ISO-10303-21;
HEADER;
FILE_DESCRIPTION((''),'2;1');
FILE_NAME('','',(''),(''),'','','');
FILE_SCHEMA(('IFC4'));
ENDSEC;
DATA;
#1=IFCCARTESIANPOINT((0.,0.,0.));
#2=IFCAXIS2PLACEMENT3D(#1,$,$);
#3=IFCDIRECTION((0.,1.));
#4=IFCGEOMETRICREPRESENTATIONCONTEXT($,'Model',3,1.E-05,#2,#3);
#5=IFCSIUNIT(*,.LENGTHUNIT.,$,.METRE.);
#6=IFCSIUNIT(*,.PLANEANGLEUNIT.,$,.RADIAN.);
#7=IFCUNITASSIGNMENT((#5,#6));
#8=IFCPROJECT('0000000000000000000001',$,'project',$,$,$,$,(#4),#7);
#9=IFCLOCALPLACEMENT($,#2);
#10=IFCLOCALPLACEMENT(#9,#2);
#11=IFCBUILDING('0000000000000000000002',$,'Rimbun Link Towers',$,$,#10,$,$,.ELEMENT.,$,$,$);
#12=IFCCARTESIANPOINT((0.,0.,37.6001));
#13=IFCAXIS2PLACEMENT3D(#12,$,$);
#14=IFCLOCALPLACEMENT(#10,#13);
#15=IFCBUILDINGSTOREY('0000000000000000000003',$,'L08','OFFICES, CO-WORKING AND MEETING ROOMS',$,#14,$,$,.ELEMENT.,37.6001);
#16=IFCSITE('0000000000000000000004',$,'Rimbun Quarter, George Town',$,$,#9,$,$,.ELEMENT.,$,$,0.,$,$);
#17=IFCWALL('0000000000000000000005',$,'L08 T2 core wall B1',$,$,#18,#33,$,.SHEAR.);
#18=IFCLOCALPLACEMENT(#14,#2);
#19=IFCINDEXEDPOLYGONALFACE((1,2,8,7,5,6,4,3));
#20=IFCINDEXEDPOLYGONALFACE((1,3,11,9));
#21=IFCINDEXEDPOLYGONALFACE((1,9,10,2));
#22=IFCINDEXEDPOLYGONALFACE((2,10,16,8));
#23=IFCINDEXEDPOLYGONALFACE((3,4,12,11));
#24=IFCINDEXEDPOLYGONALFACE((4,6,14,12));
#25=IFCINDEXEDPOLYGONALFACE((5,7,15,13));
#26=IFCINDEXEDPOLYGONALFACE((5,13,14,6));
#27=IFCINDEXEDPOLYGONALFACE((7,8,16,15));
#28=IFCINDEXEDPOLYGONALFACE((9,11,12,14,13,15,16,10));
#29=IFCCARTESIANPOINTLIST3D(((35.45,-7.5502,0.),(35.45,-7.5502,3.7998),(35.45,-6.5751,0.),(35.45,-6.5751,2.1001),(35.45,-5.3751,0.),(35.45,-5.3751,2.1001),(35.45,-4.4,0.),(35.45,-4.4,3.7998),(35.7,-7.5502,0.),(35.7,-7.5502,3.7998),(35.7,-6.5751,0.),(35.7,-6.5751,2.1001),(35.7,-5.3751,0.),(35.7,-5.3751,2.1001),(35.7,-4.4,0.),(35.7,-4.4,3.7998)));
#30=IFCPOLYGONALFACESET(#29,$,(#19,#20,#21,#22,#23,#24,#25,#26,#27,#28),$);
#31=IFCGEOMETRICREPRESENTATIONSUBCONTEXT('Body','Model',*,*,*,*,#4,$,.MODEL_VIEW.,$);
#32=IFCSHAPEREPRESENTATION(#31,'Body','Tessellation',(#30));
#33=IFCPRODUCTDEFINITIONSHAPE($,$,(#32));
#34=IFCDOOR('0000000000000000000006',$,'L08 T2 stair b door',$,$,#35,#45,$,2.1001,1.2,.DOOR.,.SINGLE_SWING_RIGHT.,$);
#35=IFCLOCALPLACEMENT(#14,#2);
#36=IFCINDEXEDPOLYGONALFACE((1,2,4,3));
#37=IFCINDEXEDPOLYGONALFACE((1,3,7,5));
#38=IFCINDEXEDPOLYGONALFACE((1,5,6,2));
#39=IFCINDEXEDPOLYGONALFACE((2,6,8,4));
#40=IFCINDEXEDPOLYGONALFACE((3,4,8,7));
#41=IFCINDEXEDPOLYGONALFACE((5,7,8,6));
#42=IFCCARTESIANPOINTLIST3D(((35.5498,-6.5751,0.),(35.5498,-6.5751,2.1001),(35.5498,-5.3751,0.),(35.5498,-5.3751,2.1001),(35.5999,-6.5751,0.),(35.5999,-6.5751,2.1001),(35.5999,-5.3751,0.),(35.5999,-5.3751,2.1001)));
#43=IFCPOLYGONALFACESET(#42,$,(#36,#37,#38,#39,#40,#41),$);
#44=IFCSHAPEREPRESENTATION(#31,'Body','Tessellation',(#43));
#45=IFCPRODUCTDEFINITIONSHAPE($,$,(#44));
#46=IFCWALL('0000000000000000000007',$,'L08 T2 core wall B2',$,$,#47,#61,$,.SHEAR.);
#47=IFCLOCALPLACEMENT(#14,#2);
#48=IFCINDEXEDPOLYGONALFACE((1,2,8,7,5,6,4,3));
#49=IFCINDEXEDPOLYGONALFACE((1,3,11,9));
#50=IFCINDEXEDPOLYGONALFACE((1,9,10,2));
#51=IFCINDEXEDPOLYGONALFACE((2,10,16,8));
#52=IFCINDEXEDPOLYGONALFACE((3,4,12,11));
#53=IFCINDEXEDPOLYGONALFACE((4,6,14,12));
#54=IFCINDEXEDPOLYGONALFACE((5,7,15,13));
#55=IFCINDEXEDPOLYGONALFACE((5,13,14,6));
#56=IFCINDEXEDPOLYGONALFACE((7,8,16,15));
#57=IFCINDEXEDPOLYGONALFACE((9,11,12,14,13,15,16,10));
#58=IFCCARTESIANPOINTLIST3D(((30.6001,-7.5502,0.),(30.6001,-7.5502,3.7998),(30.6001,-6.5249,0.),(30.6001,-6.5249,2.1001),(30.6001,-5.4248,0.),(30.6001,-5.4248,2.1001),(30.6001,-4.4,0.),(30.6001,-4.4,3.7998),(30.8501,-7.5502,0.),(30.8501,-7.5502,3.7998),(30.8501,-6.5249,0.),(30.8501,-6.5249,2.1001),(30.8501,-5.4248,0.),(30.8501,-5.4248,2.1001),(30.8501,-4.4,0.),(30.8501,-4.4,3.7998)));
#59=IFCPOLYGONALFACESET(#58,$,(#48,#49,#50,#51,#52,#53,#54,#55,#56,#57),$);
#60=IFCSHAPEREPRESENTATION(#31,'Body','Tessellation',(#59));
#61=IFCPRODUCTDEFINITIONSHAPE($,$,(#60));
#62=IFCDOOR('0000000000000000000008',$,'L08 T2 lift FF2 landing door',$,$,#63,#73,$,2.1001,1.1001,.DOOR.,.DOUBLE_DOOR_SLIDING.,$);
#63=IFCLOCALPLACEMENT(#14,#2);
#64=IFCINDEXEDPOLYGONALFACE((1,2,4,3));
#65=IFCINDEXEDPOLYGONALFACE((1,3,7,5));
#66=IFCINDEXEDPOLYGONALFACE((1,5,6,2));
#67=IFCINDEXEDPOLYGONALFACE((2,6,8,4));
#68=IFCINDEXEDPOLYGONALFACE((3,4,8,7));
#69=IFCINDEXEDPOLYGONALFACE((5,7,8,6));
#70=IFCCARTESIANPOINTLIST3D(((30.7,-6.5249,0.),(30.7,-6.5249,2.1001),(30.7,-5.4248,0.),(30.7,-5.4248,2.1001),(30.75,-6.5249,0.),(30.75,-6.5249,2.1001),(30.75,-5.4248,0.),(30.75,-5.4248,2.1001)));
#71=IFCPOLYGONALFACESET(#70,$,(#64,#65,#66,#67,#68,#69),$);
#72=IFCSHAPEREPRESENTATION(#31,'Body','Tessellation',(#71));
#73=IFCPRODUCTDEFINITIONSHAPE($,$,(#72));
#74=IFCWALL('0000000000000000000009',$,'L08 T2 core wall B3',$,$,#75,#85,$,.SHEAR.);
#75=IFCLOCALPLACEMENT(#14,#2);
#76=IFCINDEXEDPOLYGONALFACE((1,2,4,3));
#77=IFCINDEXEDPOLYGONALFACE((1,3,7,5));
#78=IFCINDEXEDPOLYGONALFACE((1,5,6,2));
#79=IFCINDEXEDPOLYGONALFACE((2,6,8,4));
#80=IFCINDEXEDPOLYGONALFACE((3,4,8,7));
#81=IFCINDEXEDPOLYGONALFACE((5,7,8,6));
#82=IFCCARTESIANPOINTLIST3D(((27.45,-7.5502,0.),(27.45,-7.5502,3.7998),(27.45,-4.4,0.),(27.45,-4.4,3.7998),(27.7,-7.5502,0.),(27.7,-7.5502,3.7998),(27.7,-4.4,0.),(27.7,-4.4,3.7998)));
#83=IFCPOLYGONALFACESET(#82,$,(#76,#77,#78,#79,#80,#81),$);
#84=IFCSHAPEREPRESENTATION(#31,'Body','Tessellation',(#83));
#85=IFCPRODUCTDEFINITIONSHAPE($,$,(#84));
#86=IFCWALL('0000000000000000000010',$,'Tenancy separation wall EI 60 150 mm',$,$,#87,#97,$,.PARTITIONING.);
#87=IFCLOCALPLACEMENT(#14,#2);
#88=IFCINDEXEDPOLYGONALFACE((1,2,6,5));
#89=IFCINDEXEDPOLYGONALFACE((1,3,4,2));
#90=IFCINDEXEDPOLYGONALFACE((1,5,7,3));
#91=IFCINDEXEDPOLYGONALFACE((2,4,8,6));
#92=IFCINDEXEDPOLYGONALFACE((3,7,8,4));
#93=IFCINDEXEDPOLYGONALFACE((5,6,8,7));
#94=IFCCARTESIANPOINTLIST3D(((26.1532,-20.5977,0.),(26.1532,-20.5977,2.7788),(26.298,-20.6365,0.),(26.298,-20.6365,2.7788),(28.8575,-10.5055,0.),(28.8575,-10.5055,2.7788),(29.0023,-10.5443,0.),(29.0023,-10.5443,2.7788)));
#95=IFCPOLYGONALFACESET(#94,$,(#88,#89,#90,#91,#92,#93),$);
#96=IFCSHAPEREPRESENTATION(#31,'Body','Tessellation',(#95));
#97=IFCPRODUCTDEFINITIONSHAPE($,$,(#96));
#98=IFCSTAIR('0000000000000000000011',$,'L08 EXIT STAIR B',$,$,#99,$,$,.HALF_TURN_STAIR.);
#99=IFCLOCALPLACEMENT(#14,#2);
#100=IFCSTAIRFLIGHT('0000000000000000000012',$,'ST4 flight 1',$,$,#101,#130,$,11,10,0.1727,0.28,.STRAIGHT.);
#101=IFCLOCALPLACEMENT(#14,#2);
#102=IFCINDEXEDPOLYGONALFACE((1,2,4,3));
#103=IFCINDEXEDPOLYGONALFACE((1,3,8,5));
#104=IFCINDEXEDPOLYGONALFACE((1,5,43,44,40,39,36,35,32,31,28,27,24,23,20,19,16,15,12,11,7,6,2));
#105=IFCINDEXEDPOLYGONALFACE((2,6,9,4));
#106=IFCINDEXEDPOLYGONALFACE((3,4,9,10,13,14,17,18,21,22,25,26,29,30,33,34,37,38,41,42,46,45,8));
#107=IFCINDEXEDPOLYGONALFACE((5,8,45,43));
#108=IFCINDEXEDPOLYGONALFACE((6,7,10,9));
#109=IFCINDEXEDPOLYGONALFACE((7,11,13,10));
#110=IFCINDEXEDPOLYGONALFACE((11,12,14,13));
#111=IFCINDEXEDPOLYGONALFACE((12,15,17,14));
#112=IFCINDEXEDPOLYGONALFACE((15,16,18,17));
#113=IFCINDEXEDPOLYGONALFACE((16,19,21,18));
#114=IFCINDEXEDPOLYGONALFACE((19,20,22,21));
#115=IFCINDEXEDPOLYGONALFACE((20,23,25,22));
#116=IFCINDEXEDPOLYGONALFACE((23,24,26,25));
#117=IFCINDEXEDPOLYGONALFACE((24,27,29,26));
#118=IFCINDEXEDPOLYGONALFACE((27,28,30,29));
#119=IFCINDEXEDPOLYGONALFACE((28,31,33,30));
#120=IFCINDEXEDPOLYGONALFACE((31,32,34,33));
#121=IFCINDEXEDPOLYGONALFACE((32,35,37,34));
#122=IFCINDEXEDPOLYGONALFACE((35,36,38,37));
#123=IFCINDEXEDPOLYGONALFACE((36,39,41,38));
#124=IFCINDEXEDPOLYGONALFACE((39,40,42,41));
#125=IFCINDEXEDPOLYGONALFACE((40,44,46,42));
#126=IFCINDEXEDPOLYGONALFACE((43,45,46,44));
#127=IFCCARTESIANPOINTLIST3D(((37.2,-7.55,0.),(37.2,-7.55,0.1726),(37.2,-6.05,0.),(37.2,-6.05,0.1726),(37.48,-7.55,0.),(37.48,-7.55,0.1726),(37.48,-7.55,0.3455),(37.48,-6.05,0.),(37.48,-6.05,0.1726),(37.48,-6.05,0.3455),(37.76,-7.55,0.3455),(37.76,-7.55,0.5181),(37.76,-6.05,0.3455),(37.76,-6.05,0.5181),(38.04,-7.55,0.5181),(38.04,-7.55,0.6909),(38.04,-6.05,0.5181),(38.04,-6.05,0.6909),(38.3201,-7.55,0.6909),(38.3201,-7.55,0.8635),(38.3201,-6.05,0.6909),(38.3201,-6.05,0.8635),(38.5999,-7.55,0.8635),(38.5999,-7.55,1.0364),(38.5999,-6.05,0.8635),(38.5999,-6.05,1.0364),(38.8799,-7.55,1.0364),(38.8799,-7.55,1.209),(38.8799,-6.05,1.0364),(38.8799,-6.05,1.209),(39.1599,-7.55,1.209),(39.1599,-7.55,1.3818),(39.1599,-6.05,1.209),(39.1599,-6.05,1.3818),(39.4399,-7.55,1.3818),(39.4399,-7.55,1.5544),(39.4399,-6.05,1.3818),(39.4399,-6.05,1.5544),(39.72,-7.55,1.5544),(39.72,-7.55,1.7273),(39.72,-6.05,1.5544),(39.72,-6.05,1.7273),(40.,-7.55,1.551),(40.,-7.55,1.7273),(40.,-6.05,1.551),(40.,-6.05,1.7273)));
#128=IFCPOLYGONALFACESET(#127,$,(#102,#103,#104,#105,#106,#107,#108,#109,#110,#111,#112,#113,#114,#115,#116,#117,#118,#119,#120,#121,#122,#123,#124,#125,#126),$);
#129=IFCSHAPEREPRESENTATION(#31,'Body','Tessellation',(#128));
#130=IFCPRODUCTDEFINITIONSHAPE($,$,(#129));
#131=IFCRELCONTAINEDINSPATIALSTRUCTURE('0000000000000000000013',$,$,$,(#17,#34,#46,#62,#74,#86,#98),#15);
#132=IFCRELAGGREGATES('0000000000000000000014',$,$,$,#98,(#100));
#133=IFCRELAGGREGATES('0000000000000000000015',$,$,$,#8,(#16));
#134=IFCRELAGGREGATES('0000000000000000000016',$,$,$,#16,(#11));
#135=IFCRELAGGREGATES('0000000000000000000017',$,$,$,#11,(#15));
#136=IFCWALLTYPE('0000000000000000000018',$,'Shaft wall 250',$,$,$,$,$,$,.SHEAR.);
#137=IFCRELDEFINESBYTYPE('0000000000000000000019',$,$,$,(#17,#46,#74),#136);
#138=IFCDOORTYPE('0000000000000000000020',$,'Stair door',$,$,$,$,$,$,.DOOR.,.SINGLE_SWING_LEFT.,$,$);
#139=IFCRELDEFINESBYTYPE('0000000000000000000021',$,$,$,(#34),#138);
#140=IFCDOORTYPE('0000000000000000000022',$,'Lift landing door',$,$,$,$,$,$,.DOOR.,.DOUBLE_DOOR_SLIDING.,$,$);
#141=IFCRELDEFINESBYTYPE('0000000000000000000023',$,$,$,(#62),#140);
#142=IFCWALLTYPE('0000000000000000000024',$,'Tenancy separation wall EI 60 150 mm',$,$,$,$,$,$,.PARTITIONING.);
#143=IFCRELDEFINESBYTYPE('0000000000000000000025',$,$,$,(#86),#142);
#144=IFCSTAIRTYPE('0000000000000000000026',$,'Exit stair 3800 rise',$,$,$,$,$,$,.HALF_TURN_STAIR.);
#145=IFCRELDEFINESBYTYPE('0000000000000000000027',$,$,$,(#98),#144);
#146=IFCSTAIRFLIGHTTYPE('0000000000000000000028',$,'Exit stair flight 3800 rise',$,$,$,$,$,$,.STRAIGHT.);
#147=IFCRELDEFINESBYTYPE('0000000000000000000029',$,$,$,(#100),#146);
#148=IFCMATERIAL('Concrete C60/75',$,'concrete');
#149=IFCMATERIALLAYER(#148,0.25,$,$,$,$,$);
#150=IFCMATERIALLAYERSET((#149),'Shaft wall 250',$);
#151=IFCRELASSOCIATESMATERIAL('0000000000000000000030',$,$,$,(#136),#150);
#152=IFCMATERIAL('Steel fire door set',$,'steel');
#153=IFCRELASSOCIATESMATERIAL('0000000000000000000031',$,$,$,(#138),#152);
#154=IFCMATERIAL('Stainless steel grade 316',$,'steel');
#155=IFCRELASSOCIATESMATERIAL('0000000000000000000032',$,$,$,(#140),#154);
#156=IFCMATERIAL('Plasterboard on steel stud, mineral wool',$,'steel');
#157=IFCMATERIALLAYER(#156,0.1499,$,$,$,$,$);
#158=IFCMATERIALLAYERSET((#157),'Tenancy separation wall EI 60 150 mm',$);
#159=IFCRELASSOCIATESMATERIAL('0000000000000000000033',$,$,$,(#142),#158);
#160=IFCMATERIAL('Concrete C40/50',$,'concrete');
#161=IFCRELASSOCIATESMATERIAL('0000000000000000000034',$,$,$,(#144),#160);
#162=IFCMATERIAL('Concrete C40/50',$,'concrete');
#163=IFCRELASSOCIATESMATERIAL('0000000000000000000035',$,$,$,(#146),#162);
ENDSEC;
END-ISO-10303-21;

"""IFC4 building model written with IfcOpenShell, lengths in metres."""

from ifc_helpers import new_model, si_unit, direction, frame, frame_2d, origin, place, context, subcontext, project, spatial, polyline, rectangle, outline, extrude, material, layer, layer_set, type_object, element, fill, aggregate, save


model = new_model("IFC4")

# Units and contexts
model_context = context("Model", 3, precision=1e-05, world=origin(), true_north=direction((0.0, 1.0)))
body_context = subcontext(model_context, "Body", "Model", "MODEL_VIEW")
ifc_project = project(units=[si_unit("LENGTHUNIT", "METRE"), si_unit("PLANEANGLEUNIT", "RADIAN")], contexts=[model_context])

# Site, building, storey
site_placement = place(None, origin())
site = spatial("IfcSite", under=ifc_project, at=site_placement, Name="Rimbun Quarter, George Town", CompositionType="ELEMENT", RefElevation=0.0)
building_placement = place(site_placement, origin())
building = spatial("IfcBuilding", under=site, at=building_placement, Name="Rimbun Link Towers", CompositionType="ELEMENT")
storey_placement = place(building_placement, frame((0.0, 0.0, 37.6001)))
storey = spatial("IfcBuildingStorey", under=building, at=storey_placement, Name="L08", Description="OFFICES, CO-WORKING AND MEETING ROOMS", CompositionType="ELEMENT", Elevation=37.6001)

# Shared definitions
ifc_material_1 = material(Name="Concrete C60/75", Category="concrete")
ifc_layer_1 = layer(ifc_material_1, 0.25)
ifc_layer_set_1 = layer_set([ifc_layer_1], Name="Shaft wall 250")
wall_type_1 = type_object("IfcWallType", Name="Shaft wall 250", PredefinedType="SHEAR", material=ifc_layer_set_1)

# Walls, openings, doors
wall_1_placement = place(storey_placement, frame((35.575, -4.3999, 0.0), z_axis=(0.0, 0.0, 1.0), x_axis=(0.0, -1.0, 0.0)))
wall_1 = element("IfcWall", 1, at=wall_1_placement, inside=storey, type_object=wall_type_1, Name="L08 T2 core wall B1", PredefinedType="SHEAR", context=body_context, shape_type="SweptSolid", body=[
    extrude(rectangle(XDim=3.1501, YDim=0.25, at=frame_2d((1.5752, 0.0))), origin(), (0.0, 0.0, 1.0), 3.7998),
])
opening_1_placement = place(wall_1_placement, frame((0.9751, 0.0, 0.0)))
opening_1 = element("IfcOpeningElement", 2, at=opening_1_placement, cuts=wall_1, PredefinedType="OPENING", context=body_context, shape_type="SweptSolid", body=[
    extrude(rectangle(XDim=1.2, YDim=2.1001, at=frame_2d((0.6001, 1.05))), frame((0.0, 0.135, 0.0), z_axis=(0.0, -1.0, 0.0), x_axis=(1.0, 0.0, 0.0)), (0.0, 0.0, 1.0), 0.27),
])
ifc_material_2 = material(Name="Steel fire door set", Category="steel")
door_type_1 = type_object("IfcDoorType", Name="Stair door", OperationType="SINGLE_SWING_LEFT", PredefinedType="DOOR", material=ifc_material_2)
door_1_placement = place(opening_1_placement, origin())
door_1 = element("IfcDoor", 3, at=door_1_placement, inside=storey, type_object=door_type_1, Name="L08 T2 stair b door", OperationType="SINGLE_SWING_RIGHT", OverallHeight=2.1001, OverallWidth=1.2, PredefinedType="DOOR", context=body_context, shape_type="SweptSolid", body=[
    extrude(rectangle(XDim=1.2, YDim=2.1001, at=frame_2d((0.6001, 1.05))), frame((0.0, 0.0249, 0.0), z_axis=(0.0, -1.0, 0.0), x_axis=(1.0, 0.0, 0.0)), (0.0, 0.0, 1.0), 0.05),
])
fill(opening_1, door_1)
wall_2_placement = place(storey_placement, frame((30.7251, -4.3999, 0.0), z_axis=(0.0, 0.0, 1.0), x_axis=(0.0, -1.0, 0.0)))
wall_2 = element("IfcWall", 4, at=wall_2_placement, inside=storey, type_object=wall_type_1, Name="L08 T2 core wall B2", PredefinedType="SHEAR", context=body_context, shape_type="SweptSolid", body=[
    extrude(rectangle(XDim=3.1501, YDim=0.25, at=frame_2d((1.5752, 0.0))), origin(), (0.0, 0.0, 1.0), 3.7998),
])
opening_2_placement = place(wall_2_placement, frame((1.0249, 0.0, 0.0)))
opening_2 = element("IfcOpeningElement", 5, at=opening_2_placement, cuts=wall_2, PredefinedType="OPENING", context=body_context, shape_type="SweptSolid", body=[
    extrude(rectangle(XDim=1.1001, YDim=2.1001, at=frame_2d((0.55, 1.05))), frame((0.0, 0.135, 0.0), z_axis=(0.0, -1.0, 0.0), x_axis=(1.0, 0.0, 0.0)), (0.0, 0.0, 1.0), 0.27),
])
ifc_material_3 = material(Name="Stainless steel grade 316", Category="steel")
door_type_2 = type_object("IfcDoorType", Name="Lift landing door", OperationType="DOUBLE_DOOR_SLIDING", PredefinedType="DOOR", material=ifc_material_3)
door_2_placement = place(opening_2_placement, origin())
door_2 = element("IfcDoor", 6, at=door_2_placement, inside=storey, type_object=door_type_2, Name="L08 T2 lift FF2 landing door", OperationType="DOUBLE_DOOR_SLIDING", OverallHeight=2.1001, OverallWidth=1.1001, PredefinedType="DOOR", context=body_context, shape_type="SweptSolid", body=[
    extrude(rectangle(XDim=1.1001, YDim=2.1001, at=frame_2d((0.55, 1.05))), frame((0.0, 0.0249, 0.0), z_axis=(0.0, -1.0, 0.0), x_axis=(1.0, 0.0, 0.0)), (0.0, 0.0, 1.0), 0.05),
])
fill(opening_2, door_2)

# Walls
wall_3_placement = place(storey_placement, frame((27.575, -4.3999, 0.0), z_axis=(0.0, 0.0, 1.0), x_axis=(0.0, -1.0, 0.0)))
element("IfcWall", 7, at=wall_3_placement, inside=storey, type_object=wall_type_1, Name="L08 T2 core wall B3", PredefinedType="SHEAR", context=body_context, shape_type="SweptSolid", body=[
    extrude(rectangle(XDim=3.1501, YDim=0.25, at=frame_2d((1.5752, 0.0))), origin(), (0.0, 0.0, 1.0), 3.7998),
])
ifc_material_4 = material(Name="Plasterboard on steel stud, mineral wool", Category="steel")
ifc_layer_2 = layer(ifc_material_4, 0.1499)
ifc_layer_set_2 = layer_set([ifc_layer_2], Name="Tenancy separation wall EI 60 150 mm")
wall_type_2 = type_object("IfcWallType", Name="Tenancy separation wall EI 60 150 mm", PredefinedType="PARTITIONING", material=ifc_layer_set_2)
wall_4_placement = place(storey_placement, frame((28.9299, -10.5249, 0.0), z_axis=(0.0, 0.0, 1.0), x_axis=(-0.25883, -0.965923, 0.0)))
element("IfcWall", 8, at=wall_4_placement, inside=storey, type_object=wall_type_2, Name="Tenancy separation wall EI 60 150 mm", PredefinedType="PARTITIONING", context=body_context, shape_type="SweptSolid", body=[
    extrude(rectangle(XDim=10.4482, YDim=0.1499, at=frame_2d((5.2241, 0.0))), origin(), (0.0, 0.0, 1.0), 2.7788),
])

# Stair, stair flight
ifc_material_5 = material(Name="Concrete C40/50", Category="concrete")
stair_type = type_object("IfcStairType", Name="Exit stair 3800 rise", PredefinedType="HALF_TURN_STAIR", material=ifc_material_5)
stair_placement = place(storey_placement, origin())
stair = element("IfcStair", 9, at=stair_placement, inside=storey, type_object=stair_type, Name="L08 EXIT STAIR B", PredefinedType="HALF_TURN_STAIR")
ifc_material_6 = material(Name="Concrete C40/50", Category="concrete")
stair_flight_type = type_object("IfcStairFlightType", Name="Exit stair flight 3800 rise", PredefinedType="STRAIGHT", material=ifc_material_6)
stair_flight_placement = place(storey_placement, frame((37.2, -6.8, 0.0), z_axis=(0.0, 0.0, 1.0), x_axis=(1.0, 0.0, 0.0)))
stair_flight = element("IfcStairFlight", 10, at=stair_flight_placement, type_object=stair_flight_type, Name="ST4 flight 1", NumberOfRisers=11, NumberOfTreads=10, PredefinedType="STRAIGHT", RiserHeight=0.1727, TreadLength=0.28, context=body_context, shape_type="SweptSolid", body=[
    extrude(outline(polyline([(0.0, 0.0), (0.0, 0.1726), (0.28, 0.1726), (0.28, 0.3455), (0.5601, 0.3455), (0.5601, 0.5181), (0.8401, 0.5181), (0.8401, 0.6909), (1.1201, 0.6909), (1.1201, 0.8635), (1.3999, 0.8635), (1.3999, 1.0364), (1.6799, 1.0364), (1.6799, 1.209), (1.96, 1.209), (1.96, 1.3818), (2.24, 1.3818), (2.24, 1.5544), (2.52, 1.5544), (2.52, 1.7273), (2.8, 1.7273), (2.8, 1.8999), (2.8, 1.551), (0.28, 0.0), (0.0, 0.0)])), frame((0.0, 0.75, 0.0), z_axis=(0.0, -1.0, 0.0), x_axis=(1.0, 0.0, 0.0)), (0.0, 0.0, 1.0), 1.5),
])
aggregate(stair, [stair_flight])

save(model, "model.ifc")
